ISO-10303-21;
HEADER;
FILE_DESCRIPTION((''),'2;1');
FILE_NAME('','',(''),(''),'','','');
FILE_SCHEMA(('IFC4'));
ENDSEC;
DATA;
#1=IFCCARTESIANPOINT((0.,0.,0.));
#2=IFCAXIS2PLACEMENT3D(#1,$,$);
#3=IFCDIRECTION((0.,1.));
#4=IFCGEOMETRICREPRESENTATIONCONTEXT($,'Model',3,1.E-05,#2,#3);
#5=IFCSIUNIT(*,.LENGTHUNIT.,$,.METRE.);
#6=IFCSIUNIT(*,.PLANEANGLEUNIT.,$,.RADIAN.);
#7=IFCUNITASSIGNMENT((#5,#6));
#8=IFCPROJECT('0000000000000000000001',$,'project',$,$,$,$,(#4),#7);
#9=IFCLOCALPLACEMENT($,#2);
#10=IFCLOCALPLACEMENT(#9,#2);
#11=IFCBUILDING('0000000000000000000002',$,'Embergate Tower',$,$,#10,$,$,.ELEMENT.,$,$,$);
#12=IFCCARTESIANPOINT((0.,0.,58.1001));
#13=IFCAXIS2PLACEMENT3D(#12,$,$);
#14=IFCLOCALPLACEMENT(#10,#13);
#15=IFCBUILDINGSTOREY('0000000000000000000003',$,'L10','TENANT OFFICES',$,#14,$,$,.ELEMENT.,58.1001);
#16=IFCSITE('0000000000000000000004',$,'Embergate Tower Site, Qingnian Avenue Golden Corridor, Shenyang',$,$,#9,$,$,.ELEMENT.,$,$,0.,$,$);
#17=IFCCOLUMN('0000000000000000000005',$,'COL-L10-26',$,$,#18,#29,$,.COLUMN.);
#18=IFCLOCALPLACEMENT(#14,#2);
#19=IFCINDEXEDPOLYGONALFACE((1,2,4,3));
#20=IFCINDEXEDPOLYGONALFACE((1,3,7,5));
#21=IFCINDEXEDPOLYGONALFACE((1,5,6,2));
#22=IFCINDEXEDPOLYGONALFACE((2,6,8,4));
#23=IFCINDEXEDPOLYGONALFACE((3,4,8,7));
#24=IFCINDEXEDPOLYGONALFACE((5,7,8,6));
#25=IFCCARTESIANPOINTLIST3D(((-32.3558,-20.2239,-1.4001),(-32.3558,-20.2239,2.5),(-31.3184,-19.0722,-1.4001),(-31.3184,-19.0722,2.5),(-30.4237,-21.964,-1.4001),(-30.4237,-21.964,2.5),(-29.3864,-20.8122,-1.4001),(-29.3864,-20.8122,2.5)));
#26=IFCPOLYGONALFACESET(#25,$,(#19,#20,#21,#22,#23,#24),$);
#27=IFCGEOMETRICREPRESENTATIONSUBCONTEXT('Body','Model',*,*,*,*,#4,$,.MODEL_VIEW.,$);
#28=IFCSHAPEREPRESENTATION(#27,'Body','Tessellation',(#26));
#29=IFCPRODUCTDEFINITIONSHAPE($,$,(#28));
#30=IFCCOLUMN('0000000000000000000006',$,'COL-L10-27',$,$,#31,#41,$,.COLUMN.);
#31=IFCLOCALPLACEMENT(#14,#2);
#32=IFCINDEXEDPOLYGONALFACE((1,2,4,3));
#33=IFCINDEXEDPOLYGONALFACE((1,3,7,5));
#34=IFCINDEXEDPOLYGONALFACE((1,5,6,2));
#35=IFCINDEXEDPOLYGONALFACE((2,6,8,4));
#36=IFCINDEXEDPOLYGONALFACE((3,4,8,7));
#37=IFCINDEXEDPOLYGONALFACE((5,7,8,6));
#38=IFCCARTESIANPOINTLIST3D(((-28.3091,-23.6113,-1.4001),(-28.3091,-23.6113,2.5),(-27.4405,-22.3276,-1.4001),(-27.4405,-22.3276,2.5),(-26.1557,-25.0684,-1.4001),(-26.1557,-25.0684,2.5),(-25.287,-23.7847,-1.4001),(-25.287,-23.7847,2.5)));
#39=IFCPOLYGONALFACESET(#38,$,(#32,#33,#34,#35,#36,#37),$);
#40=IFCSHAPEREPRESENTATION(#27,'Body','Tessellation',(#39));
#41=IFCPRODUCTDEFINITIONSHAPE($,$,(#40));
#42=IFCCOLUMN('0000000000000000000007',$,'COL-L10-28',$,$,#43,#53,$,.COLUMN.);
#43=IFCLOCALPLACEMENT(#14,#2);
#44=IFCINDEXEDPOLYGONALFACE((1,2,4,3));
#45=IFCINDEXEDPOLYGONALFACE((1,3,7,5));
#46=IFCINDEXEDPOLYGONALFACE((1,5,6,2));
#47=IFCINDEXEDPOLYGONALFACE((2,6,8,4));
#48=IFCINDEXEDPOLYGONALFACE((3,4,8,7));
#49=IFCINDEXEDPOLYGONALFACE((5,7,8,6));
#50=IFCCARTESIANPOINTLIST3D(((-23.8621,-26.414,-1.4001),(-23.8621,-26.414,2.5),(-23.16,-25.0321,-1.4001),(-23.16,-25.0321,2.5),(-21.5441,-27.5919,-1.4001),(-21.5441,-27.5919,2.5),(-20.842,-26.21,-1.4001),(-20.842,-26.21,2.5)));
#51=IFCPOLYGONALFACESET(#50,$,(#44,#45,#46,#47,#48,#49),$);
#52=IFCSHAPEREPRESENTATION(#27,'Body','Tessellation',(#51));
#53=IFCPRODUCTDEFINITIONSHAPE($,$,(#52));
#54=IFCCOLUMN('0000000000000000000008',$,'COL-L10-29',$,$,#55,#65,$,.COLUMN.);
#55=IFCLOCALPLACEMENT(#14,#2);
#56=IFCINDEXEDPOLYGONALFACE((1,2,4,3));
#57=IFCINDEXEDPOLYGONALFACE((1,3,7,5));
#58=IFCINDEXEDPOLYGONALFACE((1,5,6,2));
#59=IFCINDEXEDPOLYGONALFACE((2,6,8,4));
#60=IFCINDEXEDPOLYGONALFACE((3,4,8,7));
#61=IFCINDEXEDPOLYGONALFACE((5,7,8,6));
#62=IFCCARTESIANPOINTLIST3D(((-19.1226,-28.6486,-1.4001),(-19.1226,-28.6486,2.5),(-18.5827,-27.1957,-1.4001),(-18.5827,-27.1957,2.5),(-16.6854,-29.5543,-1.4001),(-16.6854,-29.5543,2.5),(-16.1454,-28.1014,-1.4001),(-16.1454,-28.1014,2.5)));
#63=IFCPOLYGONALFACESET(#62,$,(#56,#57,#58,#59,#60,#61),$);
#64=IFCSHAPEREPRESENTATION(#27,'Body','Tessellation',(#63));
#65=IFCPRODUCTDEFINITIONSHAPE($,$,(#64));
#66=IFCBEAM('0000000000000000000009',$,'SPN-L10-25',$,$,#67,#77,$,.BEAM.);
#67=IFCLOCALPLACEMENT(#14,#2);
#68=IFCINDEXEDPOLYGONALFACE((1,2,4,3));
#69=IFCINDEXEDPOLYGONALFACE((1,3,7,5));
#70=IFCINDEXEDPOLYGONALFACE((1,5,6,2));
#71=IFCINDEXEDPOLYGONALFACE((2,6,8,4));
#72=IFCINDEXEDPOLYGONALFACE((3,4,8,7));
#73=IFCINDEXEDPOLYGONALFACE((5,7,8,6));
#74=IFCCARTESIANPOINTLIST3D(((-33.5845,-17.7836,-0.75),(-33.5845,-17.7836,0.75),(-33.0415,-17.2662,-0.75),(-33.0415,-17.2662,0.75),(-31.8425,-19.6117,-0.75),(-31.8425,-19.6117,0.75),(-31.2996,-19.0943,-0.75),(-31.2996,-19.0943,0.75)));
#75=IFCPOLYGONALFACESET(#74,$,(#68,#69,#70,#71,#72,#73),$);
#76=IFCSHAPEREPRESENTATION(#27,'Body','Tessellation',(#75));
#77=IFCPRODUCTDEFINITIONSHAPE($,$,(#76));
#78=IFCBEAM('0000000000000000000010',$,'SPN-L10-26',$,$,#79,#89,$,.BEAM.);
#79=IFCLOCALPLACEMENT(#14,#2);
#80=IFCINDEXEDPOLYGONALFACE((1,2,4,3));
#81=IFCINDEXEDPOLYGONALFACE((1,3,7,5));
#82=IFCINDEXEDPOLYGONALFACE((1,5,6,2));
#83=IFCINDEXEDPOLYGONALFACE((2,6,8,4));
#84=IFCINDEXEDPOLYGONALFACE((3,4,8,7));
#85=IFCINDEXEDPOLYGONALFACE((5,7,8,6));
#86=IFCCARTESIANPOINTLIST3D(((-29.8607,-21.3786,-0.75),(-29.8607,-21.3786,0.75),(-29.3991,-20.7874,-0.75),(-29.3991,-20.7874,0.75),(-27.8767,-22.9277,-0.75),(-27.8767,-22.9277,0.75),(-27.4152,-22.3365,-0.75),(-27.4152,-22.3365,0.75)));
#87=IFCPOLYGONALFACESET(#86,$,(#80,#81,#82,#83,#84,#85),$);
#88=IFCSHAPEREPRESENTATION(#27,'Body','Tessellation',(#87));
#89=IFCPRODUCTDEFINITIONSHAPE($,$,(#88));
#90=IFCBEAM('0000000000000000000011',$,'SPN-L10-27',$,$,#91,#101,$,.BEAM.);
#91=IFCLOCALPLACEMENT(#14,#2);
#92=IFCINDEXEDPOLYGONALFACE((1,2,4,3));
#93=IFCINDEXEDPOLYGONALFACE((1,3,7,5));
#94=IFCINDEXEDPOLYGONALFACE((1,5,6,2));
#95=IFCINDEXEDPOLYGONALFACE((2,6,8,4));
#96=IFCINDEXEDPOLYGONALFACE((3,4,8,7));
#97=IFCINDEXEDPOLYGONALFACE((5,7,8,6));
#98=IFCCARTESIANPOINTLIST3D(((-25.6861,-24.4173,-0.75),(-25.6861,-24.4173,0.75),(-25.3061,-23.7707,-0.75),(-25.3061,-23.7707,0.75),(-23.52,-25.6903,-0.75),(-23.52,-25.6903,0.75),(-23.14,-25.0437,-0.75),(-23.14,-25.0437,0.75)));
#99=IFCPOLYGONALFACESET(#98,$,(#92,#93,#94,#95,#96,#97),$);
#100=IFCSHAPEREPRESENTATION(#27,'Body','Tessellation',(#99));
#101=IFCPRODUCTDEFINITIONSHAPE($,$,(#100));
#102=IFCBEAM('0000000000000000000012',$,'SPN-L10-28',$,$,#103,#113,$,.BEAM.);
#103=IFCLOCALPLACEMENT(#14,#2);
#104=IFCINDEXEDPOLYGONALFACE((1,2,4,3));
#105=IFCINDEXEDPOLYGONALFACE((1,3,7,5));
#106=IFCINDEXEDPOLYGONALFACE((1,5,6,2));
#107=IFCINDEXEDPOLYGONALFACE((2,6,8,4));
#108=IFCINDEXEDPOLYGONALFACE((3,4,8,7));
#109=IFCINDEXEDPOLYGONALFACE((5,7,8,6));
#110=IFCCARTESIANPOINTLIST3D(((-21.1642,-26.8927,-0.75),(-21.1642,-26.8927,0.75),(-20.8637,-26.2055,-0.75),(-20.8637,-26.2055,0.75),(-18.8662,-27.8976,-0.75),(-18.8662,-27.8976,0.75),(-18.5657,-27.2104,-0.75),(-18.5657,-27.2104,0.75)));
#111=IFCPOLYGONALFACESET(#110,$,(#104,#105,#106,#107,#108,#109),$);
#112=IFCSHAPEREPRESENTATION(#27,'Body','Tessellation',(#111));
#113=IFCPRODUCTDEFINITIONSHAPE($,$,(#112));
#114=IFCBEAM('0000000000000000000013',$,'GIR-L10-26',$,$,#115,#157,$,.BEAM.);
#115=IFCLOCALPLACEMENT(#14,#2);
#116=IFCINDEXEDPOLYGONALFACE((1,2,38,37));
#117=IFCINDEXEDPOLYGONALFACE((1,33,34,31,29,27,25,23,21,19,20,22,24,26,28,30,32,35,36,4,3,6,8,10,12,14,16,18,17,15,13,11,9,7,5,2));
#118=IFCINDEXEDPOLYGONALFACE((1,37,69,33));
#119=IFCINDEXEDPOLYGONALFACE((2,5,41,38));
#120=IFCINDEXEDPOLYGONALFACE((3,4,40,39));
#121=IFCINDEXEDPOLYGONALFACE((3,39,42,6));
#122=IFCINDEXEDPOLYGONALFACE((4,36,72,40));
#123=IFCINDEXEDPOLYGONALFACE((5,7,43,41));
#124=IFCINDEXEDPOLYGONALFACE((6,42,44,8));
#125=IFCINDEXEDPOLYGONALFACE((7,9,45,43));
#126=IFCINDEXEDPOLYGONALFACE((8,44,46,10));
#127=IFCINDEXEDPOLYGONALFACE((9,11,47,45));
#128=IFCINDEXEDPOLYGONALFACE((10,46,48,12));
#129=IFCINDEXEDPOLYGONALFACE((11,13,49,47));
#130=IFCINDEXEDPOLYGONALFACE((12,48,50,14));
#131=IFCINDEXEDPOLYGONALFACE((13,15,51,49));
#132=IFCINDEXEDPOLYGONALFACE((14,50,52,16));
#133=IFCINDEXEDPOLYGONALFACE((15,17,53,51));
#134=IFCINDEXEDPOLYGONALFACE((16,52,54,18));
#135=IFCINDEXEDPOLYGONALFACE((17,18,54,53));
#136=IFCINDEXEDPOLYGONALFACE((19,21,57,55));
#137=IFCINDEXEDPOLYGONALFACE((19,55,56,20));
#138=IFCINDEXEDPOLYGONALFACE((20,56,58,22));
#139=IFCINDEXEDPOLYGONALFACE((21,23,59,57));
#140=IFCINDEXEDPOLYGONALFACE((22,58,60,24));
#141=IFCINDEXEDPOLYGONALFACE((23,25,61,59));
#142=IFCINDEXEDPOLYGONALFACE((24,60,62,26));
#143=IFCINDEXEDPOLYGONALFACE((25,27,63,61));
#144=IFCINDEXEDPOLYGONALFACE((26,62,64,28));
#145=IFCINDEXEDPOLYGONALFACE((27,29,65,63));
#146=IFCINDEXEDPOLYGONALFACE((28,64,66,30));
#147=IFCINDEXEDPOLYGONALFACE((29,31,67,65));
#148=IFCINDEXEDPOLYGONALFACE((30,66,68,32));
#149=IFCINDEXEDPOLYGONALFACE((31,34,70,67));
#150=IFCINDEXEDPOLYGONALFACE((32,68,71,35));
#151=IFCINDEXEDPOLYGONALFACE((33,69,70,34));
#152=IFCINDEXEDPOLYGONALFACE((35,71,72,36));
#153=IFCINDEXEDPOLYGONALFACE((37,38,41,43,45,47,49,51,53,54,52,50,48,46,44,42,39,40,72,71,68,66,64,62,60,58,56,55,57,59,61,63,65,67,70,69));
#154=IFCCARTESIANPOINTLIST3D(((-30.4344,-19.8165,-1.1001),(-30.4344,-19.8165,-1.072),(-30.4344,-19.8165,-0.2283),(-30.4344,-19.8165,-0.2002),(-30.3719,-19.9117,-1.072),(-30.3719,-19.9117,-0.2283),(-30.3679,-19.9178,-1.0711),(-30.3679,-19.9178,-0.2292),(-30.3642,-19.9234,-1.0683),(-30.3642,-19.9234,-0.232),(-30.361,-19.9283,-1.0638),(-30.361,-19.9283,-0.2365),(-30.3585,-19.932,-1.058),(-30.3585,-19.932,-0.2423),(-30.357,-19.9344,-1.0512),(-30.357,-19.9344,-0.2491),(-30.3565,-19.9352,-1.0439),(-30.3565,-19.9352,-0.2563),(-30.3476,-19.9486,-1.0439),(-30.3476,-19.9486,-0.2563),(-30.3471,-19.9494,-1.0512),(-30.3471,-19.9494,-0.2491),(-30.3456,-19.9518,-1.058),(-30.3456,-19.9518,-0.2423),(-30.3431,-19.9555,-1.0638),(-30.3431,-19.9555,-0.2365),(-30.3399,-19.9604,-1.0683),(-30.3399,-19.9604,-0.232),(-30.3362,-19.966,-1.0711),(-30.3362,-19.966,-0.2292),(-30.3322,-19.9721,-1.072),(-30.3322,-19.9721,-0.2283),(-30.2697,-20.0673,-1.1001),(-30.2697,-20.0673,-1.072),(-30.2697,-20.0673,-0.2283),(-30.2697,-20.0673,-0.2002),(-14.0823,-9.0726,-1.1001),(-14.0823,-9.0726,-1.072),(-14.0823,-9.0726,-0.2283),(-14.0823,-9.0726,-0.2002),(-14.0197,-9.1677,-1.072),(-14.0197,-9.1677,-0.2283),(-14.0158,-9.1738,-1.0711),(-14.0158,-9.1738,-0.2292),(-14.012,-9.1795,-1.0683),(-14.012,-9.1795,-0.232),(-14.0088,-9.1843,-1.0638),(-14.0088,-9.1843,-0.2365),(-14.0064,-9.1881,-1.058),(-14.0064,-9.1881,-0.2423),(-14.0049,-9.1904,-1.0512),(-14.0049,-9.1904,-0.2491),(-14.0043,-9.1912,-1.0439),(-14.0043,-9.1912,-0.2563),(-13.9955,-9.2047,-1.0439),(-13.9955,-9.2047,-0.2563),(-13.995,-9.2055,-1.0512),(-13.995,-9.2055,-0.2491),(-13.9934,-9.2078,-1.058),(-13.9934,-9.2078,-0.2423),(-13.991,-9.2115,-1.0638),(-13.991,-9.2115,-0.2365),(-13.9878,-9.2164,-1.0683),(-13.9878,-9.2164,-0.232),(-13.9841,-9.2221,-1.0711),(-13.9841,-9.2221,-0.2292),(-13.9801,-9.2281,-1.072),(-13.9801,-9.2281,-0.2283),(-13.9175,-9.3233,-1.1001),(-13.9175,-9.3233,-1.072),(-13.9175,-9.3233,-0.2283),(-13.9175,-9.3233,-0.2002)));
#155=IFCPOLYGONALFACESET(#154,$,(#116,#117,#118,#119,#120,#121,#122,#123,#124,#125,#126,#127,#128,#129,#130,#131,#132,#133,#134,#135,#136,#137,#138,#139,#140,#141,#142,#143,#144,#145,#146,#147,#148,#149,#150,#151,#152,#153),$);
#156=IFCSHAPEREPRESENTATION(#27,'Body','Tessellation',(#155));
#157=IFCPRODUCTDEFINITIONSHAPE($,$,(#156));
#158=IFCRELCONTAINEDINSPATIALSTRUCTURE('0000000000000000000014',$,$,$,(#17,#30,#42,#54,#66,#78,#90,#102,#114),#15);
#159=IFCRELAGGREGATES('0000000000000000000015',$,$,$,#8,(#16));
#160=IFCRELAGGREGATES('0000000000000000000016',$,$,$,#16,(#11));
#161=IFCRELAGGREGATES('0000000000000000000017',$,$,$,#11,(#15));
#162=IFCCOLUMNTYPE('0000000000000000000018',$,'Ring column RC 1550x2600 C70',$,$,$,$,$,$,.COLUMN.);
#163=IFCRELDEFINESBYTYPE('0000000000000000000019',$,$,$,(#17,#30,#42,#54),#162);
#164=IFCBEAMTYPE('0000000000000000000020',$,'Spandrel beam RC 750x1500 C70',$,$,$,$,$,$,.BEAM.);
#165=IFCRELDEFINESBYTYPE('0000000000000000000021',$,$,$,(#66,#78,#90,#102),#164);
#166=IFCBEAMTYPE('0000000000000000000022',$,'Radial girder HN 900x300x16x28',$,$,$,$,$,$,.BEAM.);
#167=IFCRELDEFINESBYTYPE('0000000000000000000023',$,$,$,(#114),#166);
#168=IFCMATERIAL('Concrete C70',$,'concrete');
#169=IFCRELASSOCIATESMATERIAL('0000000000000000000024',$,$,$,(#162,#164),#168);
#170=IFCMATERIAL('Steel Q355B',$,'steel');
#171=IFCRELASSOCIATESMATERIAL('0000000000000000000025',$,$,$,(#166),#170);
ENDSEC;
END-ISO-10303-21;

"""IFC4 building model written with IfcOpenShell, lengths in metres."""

from ifc_helpers import new_model, si_unit, direction, frame, origin, origin_2d, place, context, subcontext, project, spatial, rectangle, i_section, extrude, source, transform, mapped, material, material_profile, profile_set, type_object, element, save


model = new_model("IFC4")

# Units and contexts
model_context = context("Model", 3, precision=1e-05, world=origin(), true_north=direction((0.0, 1.0)))
body_context = subcontext(model_context, "Body", "Model", "MODEL_VIEW")
ifc_project = project(units=[si_unit("LENGTHUNIT", "METRE"), si_unit("PLANEANGLEUNIT", "RADIAN")], contexts=[model_context])

# Site, building, storey
site_placement = place(None, origin())
site = spatial("IfcSite", under=ifc_project, at=site_placement, Name="Embergate Tower Site, Qingnian Avenue Golden Corridor, Shenyang", CompositionType="ELEMENT", RefElevation=0.0)
building_placement = place(site_placement, origin())
building = spatial("IfcBuilding", under=site, at=building_placement, Name="Embergate Tower", CompositionType="ELEMENT")
storey_placement = place(building_placement, frame((0.0, 0.0, 58.1001)))
storey = spatial("IfcBuildingStorey", under=building, at=storey_placement, Name="L10", Description="TENANT OFFICES", CompositionType="ELEMENT", Elevation=58.1001)

# Columns
ifc_material_1 = material(Name="Concrete C70", Category="concrete")
ifc_material_profile_1 = material_profile(ifc_material_1, rectangle(XDim=1.55, YDim=2.6001, at=origin_2d()), Name="RC 1550x2600")
ifc_profile_set_1 = profile_set([ifc_material_profile_1], Name="Concrete C70")
column_type = type_object("IfcColumnType", Name="Ring column RC 1550x2600 C70", PredefinedType="COLUMN", material=ifc_profile_set_1)
shared_shape_1 = source(origin(), body_context, "Body", "SweptSolid", [
    extrude(rectangle(XDim=1.55, YDim=2.6001, at=origin_2d()), origin(), (0.0, 0.0, 1.0), 3.9001),
])
for number, where, z_axis, x_axis, name in (
    (1, (-30.8711, -20.5181, -1.4001), (0.0, 0.0, 1.0), (-0.669221, -0.743063, 0.0), "COL-L10-26"),
    (2, (-26.7981, -23.698, -1.4001), (0.0, 0.0, 1.0), (-0.560408, -0.828217, 0.0), "COL-L10-27"),
    (3, (-22.3521, -26.312, -1.4001), (0.0, 0.0, 1.0), (-0.453011, -0.891505, 0.0), "COL-L10-28"),
    (4, (-17.634, -28.375, -1.4001), (0.0, 0.0, 1.0), (-0.348343, -0.937367, 0.0), "COL-L10-29"),
):
    element("IfcColumn", number, at=place(storey_placement, frame(where, z_axis=z_axis, x_axis=x_axis)), inside=storey, type_object=column_type, Name=name, PredefinedType="COLUMN", context=body_context, shape_type="MappedRepresentation", body=[
        mapped(shared_shape_1, transform((0.0, 0.0, 0.0))),
    ])

# Beams
ifc_material_profile_2 = material_profile(ifc_material_1, rectangle(XDim=0.75, YDim=1.5, at=origin_2d()), Name="RC 750x1500")
ifc_profile_set_2 = profile_set([ifc_material_profile_2], Name="Concrete C70")
beam_type_1 = type_object("IfcBeamType", Name="Spandrel beam RC 750x1500 C70", PredefinedType="BEAM", material=ifc_profile_set_2)
shared_shape_2 = source(origin(), body_context, "Body", "SweptSolid", [
    extrude(rectangle(XDim=0.75, YDim=1.5, at=origin_2d()), origin(), (0.0, 0.0, 1.0), 2.5251),
])
beam_1_placement = place(storey_placement, frame((-33.313, -17.5249, 0.0), z_axis=(0.689836, -0.723965, 0.0), x_axis=(0.723965, 0.689836, 0.0)))
element("IfcBeam", 5, at=beam_1_placement, inside=storey, type_object=beam_type_1, Name="SPN-L10-25", PredefinedType="BEAM", context=body_context, shape_type="MappedRepresentation", body=[
    mapped(shared_shape_2, transform((0.0, 0.0, 0.0))),
])
shared_shape_3 = source(origin(), body_context, "Body", "SweptSolid", [
    extrude(rectangle(XDim=0.75, YDim=1.5, at=origin_2d()), origin(), (0.0, 0.0, 1.0), 2.5171),
])
beam_2_placement = place(storey_placement, frame((-29.6299, -21.083, 0.0), z_axis=(0.788186, -0.615437, 0.0), x_axis=(0.615437, 0.788186, 0.0)))
element("IfcBeam", 6, at=beam_2_placement, inside=storey, type_object=beam_type_1, Name="SPN-L10-26", PredefinedType="BEAM", context=body_context, shape_type="MappedRepresentation", body=[
    mapped(shared_shape_3, transform((0.0, 0.0, 0.0))),
])
shared_shape_4 = source(origin(), body_context, "Body", "SweptSolid", [
    extrude(rectangle(XDim=0.75, YDim=1.5, at=origin_2d()), origin(), (0.0, 0.0, 1.0), 2.5125),
])
beam_3_placement = place(storey_placement, frame((-25.4961, -24.094, 0.0), z_axis=(0.862139, -0.506672, 0.0), x_axis=(0.506672, 0.862139, 0.0)))
element("IfcBeam", 7, at=beam_3_placement, inside=storey, type_object=beam_type_1, Name="SPN-L10-27", PredefinedType="BEAM", context=body_context, shape_type="MappedRepresentation", body=[
    mapped(shared_shape_4, transform((0.0, 0.0, 0.0))),
])
shared_shape_5 = source(origin(), body_context, "Body", "SweptSolid", [
    extrude(rectangle(XDim=0.75, YDim=1.5, at=origin_2d()), origin(), (0.0, 0.0, 1.0), 2.5081),
])
beam_4_placement = place(storey_placement, frame((-21.0139, -26.5491, 0.0), z_axis=(0.91622, -0.400676, 0.0), x_axis=(0.400676, 0.91622, 0.0)))
element("IfcBeam", 8, at=beam_4_placement, inside=storey, type_object=beam_type_1, Name="SPN-L10-28", PredefinedType="BEAM", context=body_context, shape_type="MappedRepresentation", body=[
    mapped(shared_shape_5, transform((0.0, 0.0, 0.0))),
])
ifc_material_2 = material(Name="Steel Q355B", Category="steel")
ifc_material_profile_3 = material_profile(ifc_material_2, i_section(OverallWidth=0.3, OverallDepth=0.8999, WebThickness=0.0161, FlangeThickness=0.0281, FilletRadius=0.0281, at=origin_2d()), Name="HN 900x300x16x28")
ifc_profile_set_3 = profile_set([ifc_material_profile_3], Name="Steel Q355 grade B")
beam_type_2 = type_object("IfcBeamType", Name="Radial girder HN 900x300x16x28", PredefinedType="BEAM", material=ifc_profile_set_3)
shared_shape_6 = source(origin(), body_context, "Body", "SweptSolid", [
    extrude(i_section(OverallWidth=0.3, OverallDepth=0.8999, WebThickness=0.0161, FlangeThickness=0.0281, FilletRadius=0.0281, at=origin_2d()), origin(), (0.0, 0.0, 1.0), 19.5659),
])
beam_5_placement = place(storey_placement, frame((-30.3521, -19.9419, -0.6501), z_axis=(0.835746, 0.549116, 0.0), x_axis=(-0.549116, 0.835746, 0.0)))
element("IfcBeam", 9, at=beam_5_placement, inside=storey, type_object=beam_type_2, Name="GIR-L10-26", PredefinedType="BEAM", context=body_context, shape_type="MappedRepresentation", body=[
    mapped(shared_shape_6, transform((0.0, 0.0, 0.0))),
])

save(model, "model.ifc")
